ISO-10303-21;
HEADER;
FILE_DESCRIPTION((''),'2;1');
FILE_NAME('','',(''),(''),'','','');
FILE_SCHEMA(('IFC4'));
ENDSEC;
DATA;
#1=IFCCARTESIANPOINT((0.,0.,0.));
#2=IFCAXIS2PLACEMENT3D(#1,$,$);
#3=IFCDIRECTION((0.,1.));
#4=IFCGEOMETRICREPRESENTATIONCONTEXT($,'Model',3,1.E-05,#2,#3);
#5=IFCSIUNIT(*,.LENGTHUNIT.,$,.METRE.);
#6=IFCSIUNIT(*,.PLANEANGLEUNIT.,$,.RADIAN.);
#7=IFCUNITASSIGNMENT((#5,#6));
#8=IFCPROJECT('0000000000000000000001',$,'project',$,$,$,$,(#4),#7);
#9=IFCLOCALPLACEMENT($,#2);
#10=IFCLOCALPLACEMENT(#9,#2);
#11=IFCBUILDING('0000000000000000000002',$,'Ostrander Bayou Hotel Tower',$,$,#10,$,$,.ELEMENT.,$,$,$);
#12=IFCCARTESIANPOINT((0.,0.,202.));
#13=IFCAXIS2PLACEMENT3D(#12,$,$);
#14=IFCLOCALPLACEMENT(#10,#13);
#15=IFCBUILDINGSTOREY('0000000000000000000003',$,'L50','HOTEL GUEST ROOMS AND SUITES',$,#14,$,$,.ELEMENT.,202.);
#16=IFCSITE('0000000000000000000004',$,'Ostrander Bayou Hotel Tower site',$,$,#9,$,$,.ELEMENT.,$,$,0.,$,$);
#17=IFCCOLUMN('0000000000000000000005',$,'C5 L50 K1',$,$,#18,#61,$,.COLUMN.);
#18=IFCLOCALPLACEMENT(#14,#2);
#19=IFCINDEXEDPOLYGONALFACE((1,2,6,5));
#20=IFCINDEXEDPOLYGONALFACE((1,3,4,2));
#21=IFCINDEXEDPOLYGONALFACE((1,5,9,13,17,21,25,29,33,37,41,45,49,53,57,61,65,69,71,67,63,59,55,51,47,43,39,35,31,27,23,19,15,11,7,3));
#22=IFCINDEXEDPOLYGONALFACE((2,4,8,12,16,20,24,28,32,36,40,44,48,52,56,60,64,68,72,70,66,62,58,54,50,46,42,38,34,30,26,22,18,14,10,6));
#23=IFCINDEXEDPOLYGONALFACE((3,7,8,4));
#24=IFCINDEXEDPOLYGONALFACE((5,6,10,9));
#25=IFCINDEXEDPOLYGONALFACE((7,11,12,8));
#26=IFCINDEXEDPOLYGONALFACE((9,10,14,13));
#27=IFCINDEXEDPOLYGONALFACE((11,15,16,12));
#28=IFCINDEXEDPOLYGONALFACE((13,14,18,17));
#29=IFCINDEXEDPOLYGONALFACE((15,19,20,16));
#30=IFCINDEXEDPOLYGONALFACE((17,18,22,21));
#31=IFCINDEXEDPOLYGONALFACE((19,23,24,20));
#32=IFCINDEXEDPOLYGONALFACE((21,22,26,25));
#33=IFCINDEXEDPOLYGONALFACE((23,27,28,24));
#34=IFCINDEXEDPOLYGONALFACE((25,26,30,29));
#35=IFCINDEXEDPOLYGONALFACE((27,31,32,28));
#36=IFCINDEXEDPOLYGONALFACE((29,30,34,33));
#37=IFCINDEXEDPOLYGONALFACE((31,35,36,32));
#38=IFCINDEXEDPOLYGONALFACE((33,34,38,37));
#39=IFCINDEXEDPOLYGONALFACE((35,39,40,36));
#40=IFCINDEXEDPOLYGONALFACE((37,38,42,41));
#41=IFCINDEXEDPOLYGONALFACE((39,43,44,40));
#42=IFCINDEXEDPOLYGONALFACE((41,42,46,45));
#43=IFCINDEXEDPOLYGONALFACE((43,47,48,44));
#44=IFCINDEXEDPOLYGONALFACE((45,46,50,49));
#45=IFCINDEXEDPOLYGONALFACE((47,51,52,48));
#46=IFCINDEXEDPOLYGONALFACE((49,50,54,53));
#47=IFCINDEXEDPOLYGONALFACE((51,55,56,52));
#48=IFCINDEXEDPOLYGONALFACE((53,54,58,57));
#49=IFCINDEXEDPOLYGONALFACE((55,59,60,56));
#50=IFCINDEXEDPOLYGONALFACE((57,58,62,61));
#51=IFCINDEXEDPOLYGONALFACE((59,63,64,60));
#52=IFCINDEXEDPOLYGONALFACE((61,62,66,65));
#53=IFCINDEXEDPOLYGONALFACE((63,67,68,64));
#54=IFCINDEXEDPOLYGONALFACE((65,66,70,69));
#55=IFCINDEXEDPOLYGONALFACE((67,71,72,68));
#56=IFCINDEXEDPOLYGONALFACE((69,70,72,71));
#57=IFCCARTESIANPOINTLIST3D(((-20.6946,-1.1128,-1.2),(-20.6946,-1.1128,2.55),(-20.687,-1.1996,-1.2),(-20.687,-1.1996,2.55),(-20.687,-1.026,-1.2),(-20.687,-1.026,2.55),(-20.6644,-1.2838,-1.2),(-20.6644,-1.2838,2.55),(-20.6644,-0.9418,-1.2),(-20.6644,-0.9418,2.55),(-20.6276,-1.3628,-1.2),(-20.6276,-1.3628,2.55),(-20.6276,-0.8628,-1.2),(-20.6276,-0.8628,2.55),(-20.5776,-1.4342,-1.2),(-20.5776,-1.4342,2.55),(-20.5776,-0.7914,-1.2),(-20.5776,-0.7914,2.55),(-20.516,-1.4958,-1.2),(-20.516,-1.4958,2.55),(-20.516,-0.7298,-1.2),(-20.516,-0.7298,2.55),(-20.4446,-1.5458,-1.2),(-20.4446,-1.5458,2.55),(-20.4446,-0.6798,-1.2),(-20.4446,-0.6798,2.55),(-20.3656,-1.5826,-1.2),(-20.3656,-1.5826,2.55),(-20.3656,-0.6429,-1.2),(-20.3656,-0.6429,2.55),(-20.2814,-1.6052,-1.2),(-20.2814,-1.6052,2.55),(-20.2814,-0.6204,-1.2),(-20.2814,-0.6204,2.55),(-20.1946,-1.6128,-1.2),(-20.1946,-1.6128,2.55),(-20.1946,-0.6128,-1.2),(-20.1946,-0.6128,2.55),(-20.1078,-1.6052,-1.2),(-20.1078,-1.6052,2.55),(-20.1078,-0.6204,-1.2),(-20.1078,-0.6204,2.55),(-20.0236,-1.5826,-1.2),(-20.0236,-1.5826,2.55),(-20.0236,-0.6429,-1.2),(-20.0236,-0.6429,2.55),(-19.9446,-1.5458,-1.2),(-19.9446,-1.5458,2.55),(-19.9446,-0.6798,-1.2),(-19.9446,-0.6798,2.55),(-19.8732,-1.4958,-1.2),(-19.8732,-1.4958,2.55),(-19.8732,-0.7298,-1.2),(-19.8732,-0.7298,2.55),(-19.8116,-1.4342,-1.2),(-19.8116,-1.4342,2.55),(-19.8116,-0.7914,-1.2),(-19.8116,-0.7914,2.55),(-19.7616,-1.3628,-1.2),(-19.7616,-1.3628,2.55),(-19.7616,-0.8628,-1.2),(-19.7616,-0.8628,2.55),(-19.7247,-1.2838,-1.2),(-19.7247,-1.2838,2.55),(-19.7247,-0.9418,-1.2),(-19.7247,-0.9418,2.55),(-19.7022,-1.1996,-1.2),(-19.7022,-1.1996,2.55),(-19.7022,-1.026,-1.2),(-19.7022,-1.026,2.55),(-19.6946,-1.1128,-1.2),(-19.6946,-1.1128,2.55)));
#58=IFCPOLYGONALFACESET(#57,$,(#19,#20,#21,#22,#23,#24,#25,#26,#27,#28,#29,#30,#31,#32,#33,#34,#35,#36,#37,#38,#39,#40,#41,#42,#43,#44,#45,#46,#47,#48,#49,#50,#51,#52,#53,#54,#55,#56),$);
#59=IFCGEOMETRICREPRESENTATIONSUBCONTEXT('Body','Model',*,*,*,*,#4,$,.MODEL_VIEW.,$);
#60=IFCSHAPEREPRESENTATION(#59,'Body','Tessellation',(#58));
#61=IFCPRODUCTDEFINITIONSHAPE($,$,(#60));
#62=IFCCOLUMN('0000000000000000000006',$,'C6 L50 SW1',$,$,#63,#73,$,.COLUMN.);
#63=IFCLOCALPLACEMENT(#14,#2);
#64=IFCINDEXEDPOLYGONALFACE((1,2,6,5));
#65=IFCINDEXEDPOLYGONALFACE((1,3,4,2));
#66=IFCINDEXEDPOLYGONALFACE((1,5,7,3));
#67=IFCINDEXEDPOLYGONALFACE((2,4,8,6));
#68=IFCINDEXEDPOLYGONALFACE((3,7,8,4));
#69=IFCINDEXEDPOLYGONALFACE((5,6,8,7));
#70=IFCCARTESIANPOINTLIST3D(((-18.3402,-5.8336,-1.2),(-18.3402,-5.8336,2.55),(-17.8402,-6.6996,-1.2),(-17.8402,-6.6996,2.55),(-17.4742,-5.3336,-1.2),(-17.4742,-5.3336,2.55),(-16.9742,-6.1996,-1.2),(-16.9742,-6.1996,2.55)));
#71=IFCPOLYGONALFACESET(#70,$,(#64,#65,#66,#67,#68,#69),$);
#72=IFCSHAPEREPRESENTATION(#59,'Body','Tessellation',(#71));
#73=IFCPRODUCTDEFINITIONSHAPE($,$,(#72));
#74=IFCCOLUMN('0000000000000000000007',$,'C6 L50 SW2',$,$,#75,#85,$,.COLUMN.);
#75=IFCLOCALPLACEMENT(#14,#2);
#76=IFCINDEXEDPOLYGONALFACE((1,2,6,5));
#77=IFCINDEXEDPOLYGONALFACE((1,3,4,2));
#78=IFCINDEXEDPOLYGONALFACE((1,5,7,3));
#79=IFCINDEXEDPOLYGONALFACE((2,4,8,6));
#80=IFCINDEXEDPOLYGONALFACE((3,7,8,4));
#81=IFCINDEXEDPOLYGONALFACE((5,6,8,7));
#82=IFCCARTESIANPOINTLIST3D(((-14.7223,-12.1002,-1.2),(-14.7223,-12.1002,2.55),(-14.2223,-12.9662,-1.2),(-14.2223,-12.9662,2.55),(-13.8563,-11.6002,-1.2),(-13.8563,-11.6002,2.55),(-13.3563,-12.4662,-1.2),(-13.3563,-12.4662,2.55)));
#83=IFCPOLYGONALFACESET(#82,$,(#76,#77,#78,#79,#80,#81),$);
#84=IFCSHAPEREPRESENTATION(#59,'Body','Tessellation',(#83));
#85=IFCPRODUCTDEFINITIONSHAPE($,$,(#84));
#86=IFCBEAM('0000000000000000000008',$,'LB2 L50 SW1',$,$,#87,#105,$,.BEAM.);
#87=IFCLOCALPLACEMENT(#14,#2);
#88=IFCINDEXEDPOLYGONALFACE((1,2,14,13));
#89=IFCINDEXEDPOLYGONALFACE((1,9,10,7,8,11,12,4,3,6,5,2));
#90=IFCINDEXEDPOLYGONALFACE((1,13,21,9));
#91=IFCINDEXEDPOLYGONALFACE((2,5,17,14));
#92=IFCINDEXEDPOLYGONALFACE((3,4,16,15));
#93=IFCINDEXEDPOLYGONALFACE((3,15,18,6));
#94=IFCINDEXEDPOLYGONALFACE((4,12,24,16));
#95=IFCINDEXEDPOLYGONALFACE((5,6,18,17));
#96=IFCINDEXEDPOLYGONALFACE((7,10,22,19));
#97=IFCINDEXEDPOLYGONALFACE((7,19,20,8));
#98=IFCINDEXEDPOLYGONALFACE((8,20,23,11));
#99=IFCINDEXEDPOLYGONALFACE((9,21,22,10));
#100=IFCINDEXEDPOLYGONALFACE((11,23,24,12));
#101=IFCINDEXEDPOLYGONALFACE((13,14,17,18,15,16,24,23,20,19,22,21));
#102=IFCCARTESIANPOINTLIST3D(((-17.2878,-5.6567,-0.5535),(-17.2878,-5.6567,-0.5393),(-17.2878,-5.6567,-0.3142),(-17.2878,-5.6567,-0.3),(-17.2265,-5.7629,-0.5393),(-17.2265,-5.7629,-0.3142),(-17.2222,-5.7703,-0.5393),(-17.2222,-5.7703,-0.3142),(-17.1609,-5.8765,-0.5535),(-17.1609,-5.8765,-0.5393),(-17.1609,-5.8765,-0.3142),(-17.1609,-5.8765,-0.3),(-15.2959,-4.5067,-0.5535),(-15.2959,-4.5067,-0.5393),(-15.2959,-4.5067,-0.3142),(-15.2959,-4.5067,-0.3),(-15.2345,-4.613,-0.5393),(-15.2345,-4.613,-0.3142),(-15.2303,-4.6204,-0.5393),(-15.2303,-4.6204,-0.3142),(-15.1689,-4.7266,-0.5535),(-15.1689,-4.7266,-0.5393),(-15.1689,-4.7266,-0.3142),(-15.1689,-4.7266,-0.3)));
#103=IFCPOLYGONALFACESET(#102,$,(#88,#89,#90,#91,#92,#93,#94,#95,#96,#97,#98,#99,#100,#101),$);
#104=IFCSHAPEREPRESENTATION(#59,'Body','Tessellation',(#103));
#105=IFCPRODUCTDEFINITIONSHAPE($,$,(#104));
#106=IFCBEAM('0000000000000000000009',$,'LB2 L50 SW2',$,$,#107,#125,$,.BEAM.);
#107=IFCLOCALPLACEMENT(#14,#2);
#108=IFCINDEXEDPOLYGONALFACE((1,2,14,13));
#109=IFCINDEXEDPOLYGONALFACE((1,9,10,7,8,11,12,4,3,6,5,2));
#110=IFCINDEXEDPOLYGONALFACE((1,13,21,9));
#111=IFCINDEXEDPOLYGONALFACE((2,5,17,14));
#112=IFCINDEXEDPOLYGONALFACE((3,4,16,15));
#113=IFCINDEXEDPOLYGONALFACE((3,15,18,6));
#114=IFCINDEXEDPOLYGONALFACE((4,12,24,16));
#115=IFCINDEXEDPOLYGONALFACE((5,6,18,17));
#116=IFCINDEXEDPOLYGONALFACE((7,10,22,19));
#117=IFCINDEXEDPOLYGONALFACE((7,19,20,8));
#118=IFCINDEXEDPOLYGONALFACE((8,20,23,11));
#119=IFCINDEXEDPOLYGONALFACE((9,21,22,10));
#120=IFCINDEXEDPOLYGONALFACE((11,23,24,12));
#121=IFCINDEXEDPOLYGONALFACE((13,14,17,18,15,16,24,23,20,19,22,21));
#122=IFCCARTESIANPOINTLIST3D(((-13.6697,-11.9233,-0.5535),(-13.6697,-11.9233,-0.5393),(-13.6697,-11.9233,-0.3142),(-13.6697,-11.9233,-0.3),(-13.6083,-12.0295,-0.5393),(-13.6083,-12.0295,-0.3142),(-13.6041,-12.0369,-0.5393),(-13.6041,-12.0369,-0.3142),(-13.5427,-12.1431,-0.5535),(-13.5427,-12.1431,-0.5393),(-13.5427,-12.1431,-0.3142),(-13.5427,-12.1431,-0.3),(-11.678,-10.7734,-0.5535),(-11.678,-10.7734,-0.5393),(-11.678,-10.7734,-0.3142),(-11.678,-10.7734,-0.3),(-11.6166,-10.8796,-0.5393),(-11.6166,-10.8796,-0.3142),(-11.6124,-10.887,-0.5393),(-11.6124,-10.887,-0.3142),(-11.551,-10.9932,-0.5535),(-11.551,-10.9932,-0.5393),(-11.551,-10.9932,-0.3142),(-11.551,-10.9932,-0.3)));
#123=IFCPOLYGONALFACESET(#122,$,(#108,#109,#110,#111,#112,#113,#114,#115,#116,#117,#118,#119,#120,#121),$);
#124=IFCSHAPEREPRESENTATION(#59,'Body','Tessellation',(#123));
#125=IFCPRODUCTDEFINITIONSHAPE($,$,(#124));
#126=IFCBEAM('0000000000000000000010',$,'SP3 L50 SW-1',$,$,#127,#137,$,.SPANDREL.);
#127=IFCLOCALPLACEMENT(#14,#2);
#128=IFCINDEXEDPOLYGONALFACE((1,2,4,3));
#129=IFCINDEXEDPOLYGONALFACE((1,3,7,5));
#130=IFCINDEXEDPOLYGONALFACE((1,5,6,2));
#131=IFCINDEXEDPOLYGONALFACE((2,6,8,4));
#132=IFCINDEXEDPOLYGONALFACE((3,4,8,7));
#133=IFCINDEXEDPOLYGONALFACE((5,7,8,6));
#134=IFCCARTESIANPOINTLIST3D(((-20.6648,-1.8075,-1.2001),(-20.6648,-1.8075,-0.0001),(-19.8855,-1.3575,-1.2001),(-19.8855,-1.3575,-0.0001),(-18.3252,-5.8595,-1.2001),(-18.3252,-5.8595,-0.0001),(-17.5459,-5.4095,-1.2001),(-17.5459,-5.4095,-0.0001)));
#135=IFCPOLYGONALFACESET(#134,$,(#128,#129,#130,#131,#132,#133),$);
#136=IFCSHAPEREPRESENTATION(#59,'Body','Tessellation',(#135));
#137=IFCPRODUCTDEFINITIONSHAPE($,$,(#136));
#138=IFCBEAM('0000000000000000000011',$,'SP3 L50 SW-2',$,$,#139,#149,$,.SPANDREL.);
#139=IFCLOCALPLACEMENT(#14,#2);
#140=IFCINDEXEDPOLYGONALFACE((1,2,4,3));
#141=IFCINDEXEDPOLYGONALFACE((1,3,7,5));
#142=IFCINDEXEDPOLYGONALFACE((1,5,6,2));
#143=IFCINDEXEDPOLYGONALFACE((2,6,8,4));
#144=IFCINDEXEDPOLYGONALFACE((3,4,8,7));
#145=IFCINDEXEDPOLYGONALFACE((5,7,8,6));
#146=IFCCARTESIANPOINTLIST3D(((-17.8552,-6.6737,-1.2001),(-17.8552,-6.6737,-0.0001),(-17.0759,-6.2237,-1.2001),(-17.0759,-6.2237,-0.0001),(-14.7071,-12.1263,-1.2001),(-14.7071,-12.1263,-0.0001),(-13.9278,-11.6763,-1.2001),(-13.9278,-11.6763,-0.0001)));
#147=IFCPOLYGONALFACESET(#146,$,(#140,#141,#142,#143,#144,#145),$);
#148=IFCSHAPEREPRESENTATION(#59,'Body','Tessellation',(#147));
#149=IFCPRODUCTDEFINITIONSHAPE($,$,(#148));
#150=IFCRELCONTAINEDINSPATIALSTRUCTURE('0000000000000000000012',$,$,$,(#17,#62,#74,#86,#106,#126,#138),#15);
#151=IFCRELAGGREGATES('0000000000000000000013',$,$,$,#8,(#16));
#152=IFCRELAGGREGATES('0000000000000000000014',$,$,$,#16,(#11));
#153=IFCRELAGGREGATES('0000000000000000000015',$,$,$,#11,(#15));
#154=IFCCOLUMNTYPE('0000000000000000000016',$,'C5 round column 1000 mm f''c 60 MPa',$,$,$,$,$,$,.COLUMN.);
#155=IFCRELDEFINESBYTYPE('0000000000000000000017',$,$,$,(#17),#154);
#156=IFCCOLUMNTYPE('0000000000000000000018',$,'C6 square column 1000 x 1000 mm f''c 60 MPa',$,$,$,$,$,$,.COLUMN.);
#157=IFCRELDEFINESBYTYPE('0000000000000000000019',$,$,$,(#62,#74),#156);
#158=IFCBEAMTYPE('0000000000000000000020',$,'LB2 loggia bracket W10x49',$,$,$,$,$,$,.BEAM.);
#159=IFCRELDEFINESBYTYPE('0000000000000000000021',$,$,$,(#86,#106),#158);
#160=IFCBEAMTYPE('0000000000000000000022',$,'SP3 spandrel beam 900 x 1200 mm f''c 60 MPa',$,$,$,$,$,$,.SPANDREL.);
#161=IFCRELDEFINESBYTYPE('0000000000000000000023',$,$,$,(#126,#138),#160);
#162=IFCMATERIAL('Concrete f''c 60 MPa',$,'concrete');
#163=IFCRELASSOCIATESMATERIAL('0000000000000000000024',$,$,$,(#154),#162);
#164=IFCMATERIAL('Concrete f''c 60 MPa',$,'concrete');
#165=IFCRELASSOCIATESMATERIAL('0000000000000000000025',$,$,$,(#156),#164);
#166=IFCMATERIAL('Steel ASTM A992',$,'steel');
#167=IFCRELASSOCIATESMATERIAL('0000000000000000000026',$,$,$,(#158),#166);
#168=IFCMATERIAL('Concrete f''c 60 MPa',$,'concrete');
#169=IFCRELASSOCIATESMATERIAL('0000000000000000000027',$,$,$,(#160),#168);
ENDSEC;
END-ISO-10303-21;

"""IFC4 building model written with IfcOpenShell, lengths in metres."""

from ifc_helpers import new_model, si_unit, direction, frame, origin, origin_2d, place, context, subcontext, project, spatial, rectangle, circle, i_section, extrude, material, material_profile, profile_set, type_object, element, save


model = new_model("IFC4")

# Units and contexts
model_context = context("Model", 3, precision=1e-05, world=origin(), true_north=direction((0.0, 1.0)))
body_context = subcontext(model_context, "Body", "Model", "MODEL_VIEW")
ifc_project = project(units=[si_unit("LENGTHUNIT", "METRE"), si_unit("PLANEANGLEUNIT", "RADIAN")], contexts=[model_context])

# Site, building, storey
site_placement = place(None, origin())
site = spatial("IfcSite", under=ifc_project, at=site_placement, Name="Ostrander Bayou Hotel Tower site", CompositionType="ELEMENT", RefElevation=0.0)
building_placement = place(site_placement, origin())
building = spatial("IfcBuilding", under=site, at=building_placement, Name="Ostrander Bayou Hotel Tower", CompositionType="ELEMENT")
storey_placement = place(building_placement, frame((0.0, 0.0, 202.0)))
storey = spatial("IfcBuildingStorey", under=building, at=storey_placement, Name="L50", Description="HOTEL GUEST ROOMS AND SUITES", CompositionType="ELEMENT", Elevation=202.0)

# Columns
ifc_material_1 = material(Name="Concrete f'c 60 MPa", Category="concrete")
ifc_material_profile_1 = material_profile(ifc_material_1, circle(Radius=0.5, at=origin_2d()))
ifc_profile_set_1 = profile_set([ifc_material_profile_1], Name="Concrete f'c 60 MPa")
column_type_1 = type_object("IfcColumnType", Name="C5 round column 1000 mm f'c 60 MPa", PredefinedType="COLUMN", material=ifc_profile_set_1)
column_placement = place(storey_placement, frame((-20.1946, -1.1128, -1.2), z_axis=(0.0, 0.0, 1.0), x_axis=(1.0, 0.0, 0.0)))
element("IfcColumn", 1, at=column_placement, inside=storey, type_object=column_type_1, Name="C5 L50 K1", PredefinedType="COLUMN", context=body_context, shape_type="SweptSolid", body=[
    extrude(circle(Radius=0.5, at=origin_2d()), origin(), (0.0, 0.0, 1.0), 3.75),
])
ifc_material_2 = material(Name="Concrete f'c 60 MPa", Category="concrete")
ifc_material_profile_2 = material_profile(ifc_material_2, rectangle(XDim=1.0, YDim=1.0, at=origin_2d()))
ifc_profile_set_2 = profile_set([ifc_material_profile_2], Name="Concrete f'c 60 MPa")
column_type_2 = type_object("IfcColumnType", Name="C6 square column 1000 x 1000 mm f'c 60 MPa", PredefinedType="COLUMN", material=ifc_profile_set_2)
for number, where, z_axis, x_axis, name in (
    (2, (-17.6572, -6.0166, -1.2), (0.0, 0.0, 1.0), (-0.5, 0.866025, 0.0), "C6 L50 SW1"),
    (3, (-14.0393, -12.2832, -1.2), (0.0, 0.0, 1.0), (-0.5, 0.866025, 0.0), "C6 L50 SW2"),
):
    element("IfcColumn", number, at=place(storey_placement, frame(where, z_axis=z_axis, x_axis=x_axis)), inside=storey, type_object=column_type_2, Name=name, PredefinedType="COLUMN", context=body_context, shape_type="SweptSolid", body=[
        extrude(rectangle(XDim=1.0, YDim=1.0, at=origin_2d()), origin(), (0.0, 0.0, 1.0), 3.75),
    ])

# Beams
ifc_material_3 = material(Name="Steel ASTM A992", Category="steel")
ifc_material_profile_3 = material_profile(ifc_material_3, i_section(OverallWidth=0.2539, OverallDepth=0.2534, WebThickness=0.0085, FlangeThickness=0.0142, at=origin_2d()))
ifc_profile_set_3 = profile_set([ifc_material_profile_3], Name="Steel ASTM A992")
beam_type_1 = type_object("IfcBeamType", Name="LB2 loggia bracket W10x49", PredefinedType="BEAM", material=ifc_profile_set_3)
beam_1_placement = place(storey_placement, frame((-17.2244, -5.7666, -0.4268), z_axis=(0.866053, 0.499952, 0.0), x_axis=(-0.499952, 0.866053, 0.0)))
element("IfcBeam", 4, at=beam_1_placement, inside=storey, type_object=beam_type_1, Name="LB2 L50 SW1", PredefinedType="BEAM", context=body_context, shape_type="SweptSolid", body=[
    extrude(i_section(OverallWidth=0.2539, OverallDepth=0.2534, WebThickness=0.0085, FlangeThickness=0.0142, at=origin_2d()), origin(), (0.0, 0.0, 1.0), 2.3),
])
beam_2_placement = place(storey_placement, frame((-13.6062, -12.0332, -0.4268), z_axis=(0.866026, 0.499998, 0.0), x_axis=(-0.499998, 0.866026, 0.0)))
element("IfcBeam", 5, at=beam_2_placement, inside=storey, type_object=beam_type_1, Name="LB2 L50 SW2", PredefinedType="BEAM", context=body_context, shape_type="SweptSolid", body=[
    extrude(i_section(OverallWidth=0.2539, OverallDepth=0.2534, WebThickness=0.0085, FlangeThickness=0.0142, at=origin_2d()), origin(), (0.0, 0.0, 1.0), 2.2998),
])
ifc_material_4 = material(Name="Concrete f'c 60 MPa", Category="concrete")
ifc_material_profile_4 = material_profile(ifc_material_4, rectangle(XDim=0.8999, YDim=1.2, at=origin_2d()))
ifc_profile_set_4 = profile_set([ifc_material_profile_4], Name="Concrete f'c 60 MPa")
beam_type_2 = type_object("IfcBeamType", Name="SP3 spandrel beam 900 x 1200 mm f'c 60 MPa", PredefinedType="SPANDREL", material=ifc_profile_set_4)
beam_3_placement = place(storey_placement, frame((-20.2751, -1.5825, -0.6001), z_axis=(0.500028, -0.866009, 0.0), x_axis=(0.866009, 0.500028, 0.0)))
element("IfcBeam", 6, at=beam_3_placement, inside=storey, type_object=beam_type_2, Name="SP3 L50 SW-1", PredefinedType="SPANDREL", context=body_context, shape_type="SweptSolid", body=[
    extrude(rectangle(XDim=0.8999, YDim=1.2, at=origin_2d()), origin(), (0.0, 0.0, 1.0), 4.679),
])
beam_4_placement = place(storey_placement, frame((-17.4656, -6.4487, -0.6001), z_axis=(0.500013, -0.866018, 0.0), x_axis=(0.866018, 0.500013, 0.0)))
element("IfcBeam", 7, at=beam_4_placement, inside=storey, type_object=beam_type_2, Name="SP3 L50 SW-2", PredefinedType="SPANDREL", context=body_context, shape_type="SweptSolid", body=[
    extrude(rectangle(XDim=0.8999, YDim=1.2, at=origin_2d()), origin(), (0.0, 0.0, 1.0), 6.2961),
])

save(model, "model.ifc")
